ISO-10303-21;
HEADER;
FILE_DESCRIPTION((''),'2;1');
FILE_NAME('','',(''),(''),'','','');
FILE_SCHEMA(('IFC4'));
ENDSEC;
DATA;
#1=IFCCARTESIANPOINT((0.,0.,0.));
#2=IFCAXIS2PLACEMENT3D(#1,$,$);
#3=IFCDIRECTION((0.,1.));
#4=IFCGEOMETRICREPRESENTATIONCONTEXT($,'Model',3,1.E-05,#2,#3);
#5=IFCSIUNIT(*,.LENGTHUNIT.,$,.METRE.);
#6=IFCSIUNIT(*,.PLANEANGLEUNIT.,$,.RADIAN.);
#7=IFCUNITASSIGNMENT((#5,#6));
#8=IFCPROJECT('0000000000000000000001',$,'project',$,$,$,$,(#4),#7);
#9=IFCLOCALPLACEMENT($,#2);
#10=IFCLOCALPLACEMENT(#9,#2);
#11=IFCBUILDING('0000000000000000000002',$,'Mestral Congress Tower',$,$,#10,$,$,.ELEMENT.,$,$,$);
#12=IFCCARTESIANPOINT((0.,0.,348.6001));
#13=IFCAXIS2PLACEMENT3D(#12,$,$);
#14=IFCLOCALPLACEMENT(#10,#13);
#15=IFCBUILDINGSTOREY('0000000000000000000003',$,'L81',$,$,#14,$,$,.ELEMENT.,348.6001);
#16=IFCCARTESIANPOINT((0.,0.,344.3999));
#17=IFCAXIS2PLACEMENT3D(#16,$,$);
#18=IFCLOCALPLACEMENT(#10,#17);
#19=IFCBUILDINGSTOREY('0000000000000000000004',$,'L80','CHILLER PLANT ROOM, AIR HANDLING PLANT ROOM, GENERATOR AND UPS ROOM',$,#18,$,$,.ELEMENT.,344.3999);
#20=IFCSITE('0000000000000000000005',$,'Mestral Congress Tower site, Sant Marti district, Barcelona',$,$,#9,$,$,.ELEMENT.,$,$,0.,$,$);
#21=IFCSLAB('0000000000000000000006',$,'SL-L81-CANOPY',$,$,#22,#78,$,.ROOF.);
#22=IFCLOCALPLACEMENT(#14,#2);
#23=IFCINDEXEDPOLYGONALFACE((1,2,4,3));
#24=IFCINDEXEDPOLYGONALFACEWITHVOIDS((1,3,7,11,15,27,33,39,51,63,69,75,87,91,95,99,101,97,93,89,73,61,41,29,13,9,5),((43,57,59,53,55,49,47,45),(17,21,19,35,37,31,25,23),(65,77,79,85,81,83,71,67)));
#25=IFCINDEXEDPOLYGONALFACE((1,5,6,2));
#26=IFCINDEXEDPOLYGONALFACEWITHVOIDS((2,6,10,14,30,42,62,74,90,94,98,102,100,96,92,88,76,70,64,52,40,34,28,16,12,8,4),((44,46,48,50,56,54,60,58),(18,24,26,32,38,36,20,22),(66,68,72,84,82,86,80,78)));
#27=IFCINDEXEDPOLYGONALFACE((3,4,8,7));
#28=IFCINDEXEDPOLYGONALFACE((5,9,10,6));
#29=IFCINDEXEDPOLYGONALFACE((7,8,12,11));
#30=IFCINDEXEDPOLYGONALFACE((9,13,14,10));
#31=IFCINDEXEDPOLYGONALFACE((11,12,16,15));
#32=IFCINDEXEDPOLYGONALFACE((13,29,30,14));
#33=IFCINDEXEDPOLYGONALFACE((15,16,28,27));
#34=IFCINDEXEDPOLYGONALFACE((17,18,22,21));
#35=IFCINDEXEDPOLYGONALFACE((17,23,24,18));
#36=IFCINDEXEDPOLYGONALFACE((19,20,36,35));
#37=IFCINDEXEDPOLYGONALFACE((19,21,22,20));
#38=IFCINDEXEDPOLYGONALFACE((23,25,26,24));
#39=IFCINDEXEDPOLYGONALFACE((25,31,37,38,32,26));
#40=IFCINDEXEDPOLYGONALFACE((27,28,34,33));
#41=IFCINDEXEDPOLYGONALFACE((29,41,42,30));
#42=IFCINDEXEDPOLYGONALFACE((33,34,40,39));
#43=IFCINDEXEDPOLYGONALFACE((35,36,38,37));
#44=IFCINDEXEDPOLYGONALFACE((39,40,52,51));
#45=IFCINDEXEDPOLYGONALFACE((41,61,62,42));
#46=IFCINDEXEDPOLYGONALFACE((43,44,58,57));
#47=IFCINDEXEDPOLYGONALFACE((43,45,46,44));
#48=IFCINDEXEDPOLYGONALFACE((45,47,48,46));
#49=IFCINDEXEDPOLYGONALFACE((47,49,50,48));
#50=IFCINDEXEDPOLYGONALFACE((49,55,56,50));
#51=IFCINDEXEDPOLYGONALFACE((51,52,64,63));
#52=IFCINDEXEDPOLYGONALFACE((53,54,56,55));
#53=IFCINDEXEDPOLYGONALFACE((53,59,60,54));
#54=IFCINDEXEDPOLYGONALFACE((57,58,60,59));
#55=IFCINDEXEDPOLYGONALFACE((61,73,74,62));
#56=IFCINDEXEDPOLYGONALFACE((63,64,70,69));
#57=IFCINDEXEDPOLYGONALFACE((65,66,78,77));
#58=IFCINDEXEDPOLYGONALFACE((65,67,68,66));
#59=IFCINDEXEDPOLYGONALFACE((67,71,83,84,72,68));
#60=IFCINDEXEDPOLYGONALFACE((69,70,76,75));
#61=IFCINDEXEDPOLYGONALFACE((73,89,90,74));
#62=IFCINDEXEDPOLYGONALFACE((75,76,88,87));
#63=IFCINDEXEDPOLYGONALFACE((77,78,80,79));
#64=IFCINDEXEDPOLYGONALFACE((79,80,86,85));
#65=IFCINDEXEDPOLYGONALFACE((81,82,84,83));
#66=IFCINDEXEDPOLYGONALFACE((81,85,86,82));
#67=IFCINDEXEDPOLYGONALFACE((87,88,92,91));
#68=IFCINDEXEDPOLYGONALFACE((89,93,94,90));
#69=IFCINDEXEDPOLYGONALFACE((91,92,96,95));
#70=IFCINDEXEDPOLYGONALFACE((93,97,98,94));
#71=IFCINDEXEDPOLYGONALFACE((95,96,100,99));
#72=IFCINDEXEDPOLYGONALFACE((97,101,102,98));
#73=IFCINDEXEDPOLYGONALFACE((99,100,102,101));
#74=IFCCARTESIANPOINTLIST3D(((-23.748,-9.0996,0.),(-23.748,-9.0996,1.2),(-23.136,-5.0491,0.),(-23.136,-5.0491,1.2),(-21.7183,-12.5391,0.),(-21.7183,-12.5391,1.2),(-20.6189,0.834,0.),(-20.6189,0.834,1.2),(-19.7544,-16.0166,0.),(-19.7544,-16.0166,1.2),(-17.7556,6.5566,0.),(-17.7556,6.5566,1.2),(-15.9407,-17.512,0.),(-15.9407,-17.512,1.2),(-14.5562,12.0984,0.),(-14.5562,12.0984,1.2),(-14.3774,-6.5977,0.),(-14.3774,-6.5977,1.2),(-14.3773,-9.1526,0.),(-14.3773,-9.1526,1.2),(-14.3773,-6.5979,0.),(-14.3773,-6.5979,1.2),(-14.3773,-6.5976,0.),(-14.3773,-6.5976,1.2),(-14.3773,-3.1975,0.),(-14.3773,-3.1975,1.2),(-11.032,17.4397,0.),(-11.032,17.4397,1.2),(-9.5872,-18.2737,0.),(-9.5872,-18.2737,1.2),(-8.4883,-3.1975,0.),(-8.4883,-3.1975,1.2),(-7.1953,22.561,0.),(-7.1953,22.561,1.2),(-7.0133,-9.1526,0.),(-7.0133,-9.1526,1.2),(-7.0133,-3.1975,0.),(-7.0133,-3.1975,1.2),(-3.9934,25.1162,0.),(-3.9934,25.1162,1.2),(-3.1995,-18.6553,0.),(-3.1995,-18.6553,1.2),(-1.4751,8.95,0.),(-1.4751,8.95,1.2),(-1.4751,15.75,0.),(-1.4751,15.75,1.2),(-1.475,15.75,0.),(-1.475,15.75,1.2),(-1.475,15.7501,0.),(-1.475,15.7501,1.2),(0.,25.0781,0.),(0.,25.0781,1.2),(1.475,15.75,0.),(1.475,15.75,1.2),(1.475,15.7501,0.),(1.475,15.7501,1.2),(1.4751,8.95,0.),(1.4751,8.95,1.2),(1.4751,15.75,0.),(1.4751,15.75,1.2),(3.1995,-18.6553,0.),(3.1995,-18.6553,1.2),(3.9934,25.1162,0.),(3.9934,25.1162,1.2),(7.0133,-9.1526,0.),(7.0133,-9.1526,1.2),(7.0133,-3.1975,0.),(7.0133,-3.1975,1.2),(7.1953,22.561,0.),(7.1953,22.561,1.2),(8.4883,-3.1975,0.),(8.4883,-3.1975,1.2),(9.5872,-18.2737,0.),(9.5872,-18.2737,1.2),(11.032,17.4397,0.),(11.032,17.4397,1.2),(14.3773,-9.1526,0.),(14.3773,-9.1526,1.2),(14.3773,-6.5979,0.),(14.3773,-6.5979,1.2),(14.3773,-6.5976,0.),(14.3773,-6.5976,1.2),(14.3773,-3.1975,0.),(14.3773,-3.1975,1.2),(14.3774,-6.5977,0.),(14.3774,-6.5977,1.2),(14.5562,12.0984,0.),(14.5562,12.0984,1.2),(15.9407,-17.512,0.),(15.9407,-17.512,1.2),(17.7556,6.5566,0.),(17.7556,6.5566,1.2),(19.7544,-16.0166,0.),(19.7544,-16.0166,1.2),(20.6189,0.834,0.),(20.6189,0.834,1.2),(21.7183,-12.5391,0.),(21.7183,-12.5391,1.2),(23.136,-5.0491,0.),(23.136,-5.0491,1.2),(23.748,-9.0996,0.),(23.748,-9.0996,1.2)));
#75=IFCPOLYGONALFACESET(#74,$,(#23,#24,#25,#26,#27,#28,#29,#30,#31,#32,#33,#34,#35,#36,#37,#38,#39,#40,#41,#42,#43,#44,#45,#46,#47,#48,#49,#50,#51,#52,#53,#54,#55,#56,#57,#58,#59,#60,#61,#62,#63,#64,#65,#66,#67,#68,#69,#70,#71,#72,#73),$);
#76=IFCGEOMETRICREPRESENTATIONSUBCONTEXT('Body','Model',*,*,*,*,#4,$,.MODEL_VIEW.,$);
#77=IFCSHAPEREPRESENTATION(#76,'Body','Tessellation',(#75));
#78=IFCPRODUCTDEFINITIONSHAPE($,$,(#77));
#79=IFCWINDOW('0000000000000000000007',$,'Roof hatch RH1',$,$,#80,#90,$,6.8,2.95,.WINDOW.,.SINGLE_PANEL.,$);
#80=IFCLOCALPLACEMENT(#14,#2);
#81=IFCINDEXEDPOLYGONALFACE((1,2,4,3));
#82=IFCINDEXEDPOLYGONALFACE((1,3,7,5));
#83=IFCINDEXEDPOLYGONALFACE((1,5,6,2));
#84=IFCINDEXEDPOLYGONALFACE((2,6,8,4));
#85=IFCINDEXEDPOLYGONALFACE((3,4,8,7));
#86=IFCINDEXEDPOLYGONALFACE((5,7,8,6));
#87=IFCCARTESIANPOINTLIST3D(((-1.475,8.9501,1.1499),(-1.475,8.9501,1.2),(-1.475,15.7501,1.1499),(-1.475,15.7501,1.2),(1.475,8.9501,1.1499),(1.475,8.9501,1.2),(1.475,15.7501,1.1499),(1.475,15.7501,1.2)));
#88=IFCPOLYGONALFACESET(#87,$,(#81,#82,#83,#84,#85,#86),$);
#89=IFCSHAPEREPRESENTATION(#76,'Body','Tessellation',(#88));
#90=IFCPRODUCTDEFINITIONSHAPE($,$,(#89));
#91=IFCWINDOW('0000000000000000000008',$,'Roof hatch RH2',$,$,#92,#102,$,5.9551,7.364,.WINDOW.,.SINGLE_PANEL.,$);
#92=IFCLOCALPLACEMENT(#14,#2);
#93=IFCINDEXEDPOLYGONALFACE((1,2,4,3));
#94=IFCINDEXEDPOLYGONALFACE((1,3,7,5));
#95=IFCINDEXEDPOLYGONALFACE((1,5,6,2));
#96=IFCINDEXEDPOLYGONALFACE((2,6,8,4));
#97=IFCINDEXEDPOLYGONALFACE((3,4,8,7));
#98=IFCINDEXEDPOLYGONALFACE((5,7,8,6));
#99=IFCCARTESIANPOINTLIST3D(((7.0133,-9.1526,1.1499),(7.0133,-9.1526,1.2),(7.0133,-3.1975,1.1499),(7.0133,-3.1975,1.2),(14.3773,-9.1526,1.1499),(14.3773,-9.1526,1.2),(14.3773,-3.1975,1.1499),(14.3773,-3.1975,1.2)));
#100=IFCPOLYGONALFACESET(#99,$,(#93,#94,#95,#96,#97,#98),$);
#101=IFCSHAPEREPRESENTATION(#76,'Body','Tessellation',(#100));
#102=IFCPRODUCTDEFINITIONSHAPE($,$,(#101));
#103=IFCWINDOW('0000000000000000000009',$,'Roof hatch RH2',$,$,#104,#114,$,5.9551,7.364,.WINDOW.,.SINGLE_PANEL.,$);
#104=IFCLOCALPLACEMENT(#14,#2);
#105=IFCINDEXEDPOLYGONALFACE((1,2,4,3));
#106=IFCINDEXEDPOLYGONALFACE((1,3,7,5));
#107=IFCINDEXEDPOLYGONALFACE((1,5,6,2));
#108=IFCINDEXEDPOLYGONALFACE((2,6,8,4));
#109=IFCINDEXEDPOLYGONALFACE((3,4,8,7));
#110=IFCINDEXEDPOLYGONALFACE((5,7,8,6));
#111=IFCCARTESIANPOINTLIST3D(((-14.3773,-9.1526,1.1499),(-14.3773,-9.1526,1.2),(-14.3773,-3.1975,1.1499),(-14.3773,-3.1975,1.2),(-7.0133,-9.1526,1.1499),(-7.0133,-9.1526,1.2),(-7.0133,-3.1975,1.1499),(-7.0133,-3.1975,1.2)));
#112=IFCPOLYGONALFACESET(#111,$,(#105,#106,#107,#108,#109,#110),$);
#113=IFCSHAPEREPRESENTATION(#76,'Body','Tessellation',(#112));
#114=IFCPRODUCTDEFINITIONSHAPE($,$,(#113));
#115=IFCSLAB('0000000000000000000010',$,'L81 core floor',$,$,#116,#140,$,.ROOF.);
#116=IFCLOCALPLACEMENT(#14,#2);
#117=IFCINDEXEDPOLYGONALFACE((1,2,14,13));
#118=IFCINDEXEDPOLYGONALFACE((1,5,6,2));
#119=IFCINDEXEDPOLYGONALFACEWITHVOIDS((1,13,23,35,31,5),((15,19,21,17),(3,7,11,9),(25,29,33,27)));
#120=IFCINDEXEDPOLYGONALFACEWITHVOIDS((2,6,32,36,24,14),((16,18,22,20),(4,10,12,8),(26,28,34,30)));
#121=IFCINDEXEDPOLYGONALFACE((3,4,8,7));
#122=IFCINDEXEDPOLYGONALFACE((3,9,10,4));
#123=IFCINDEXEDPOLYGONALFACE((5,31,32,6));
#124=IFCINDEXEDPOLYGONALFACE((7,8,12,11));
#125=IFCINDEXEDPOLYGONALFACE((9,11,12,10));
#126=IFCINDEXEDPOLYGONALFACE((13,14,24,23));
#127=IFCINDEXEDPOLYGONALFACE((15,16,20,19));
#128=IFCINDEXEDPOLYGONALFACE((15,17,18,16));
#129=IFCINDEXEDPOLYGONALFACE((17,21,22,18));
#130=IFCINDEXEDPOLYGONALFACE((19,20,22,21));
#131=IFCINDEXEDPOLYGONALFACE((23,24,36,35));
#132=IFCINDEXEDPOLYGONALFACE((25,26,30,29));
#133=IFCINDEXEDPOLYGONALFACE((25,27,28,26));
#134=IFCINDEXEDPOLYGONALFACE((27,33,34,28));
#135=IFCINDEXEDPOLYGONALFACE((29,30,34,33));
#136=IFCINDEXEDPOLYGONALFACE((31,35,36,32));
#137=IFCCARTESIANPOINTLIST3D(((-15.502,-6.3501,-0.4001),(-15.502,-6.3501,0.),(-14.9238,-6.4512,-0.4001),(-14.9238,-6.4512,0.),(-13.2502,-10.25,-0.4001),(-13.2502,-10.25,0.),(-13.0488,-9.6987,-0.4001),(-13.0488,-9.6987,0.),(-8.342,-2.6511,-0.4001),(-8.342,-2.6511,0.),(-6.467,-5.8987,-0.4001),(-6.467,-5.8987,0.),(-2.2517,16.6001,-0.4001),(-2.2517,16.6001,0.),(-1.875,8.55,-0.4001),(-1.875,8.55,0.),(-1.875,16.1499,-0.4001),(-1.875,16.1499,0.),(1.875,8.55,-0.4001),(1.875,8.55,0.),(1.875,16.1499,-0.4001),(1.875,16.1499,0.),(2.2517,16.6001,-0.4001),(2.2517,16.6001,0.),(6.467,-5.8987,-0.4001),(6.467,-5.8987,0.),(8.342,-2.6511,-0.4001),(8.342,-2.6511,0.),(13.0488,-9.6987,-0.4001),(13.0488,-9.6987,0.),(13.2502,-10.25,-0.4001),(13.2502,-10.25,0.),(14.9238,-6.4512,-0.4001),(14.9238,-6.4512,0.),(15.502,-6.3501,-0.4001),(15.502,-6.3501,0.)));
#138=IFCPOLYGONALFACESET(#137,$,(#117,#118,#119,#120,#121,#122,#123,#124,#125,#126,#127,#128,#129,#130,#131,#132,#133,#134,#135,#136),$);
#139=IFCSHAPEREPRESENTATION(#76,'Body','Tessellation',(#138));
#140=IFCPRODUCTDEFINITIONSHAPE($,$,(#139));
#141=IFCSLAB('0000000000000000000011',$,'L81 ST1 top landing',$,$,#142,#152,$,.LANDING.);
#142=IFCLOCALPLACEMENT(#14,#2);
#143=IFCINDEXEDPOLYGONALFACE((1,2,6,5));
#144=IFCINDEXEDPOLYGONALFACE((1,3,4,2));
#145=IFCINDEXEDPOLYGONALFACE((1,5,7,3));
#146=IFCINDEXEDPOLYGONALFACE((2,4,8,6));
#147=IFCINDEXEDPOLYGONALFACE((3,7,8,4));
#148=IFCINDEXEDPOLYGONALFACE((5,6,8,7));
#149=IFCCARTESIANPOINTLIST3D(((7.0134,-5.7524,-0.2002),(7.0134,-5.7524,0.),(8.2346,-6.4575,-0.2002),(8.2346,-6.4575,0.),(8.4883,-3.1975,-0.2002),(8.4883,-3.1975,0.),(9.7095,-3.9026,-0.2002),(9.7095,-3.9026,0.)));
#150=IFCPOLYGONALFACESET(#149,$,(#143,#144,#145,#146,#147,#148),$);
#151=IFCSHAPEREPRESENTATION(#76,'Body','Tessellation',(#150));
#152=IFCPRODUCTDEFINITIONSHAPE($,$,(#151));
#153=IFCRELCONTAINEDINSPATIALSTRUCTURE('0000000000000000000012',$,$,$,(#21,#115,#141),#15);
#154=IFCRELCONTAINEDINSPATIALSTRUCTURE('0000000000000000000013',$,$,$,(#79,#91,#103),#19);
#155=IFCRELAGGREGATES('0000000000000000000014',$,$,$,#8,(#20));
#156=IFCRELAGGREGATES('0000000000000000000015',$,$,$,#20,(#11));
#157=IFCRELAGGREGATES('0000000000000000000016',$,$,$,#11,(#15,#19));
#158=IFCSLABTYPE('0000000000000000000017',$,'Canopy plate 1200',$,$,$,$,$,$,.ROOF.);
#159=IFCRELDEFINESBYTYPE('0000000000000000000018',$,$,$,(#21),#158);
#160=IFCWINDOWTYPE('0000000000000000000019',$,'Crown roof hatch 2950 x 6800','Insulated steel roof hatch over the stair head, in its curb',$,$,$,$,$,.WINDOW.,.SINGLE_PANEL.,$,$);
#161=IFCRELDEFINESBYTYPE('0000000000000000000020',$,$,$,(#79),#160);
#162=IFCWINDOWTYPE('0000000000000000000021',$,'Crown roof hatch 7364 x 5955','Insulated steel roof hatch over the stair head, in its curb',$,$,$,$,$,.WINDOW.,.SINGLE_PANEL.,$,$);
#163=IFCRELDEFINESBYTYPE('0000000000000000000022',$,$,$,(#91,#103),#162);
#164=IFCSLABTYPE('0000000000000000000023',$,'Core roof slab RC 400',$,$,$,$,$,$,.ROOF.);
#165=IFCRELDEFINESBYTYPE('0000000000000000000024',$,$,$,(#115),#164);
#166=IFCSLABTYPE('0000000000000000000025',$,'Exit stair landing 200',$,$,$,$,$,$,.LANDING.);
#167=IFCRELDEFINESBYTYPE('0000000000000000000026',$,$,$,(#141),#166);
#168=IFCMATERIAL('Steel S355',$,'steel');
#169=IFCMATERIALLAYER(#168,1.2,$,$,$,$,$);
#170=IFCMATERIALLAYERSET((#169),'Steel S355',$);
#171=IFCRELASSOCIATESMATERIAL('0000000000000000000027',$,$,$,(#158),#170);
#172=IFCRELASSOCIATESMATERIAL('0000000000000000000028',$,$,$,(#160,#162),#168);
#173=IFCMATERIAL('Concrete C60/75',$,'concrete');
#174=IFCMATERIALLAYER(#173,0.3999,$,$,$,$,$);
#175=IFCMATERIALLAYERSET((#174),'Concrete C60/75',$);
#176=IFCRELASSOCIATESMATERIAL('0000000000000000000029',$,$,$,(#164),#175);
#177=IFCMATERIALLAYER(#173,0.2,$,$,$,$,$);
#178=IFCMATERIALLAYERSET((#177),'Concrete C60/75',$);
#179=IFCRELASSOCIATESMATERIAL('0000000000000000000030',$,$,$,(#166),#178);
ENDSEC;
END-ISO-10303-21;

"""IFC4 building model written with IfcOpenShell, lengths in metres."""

from ifc_helpers import new_model, si_unit, direction, frame, origin, origin_2d, place, context, subcontext, project, spatial, polyline, rectangle, outline, extrude, material, layer, layer_set, type_object, element, fill, save


model = new_model("IFC4")

# Units and contexts
model_context = context("Model", 3, precision=1e-05, world=origin(), true_north=direction((0.0, 1.0)))
body_context = subcontext(model_context, "Body", "Model", "MODEL_VIEW")
ifc_project = project(units=[si_unit("LENGTHUNIT", "METRE"), si_unit("PLANEANGLEUNIT", "RADIAN")], contexts=[model_context])

# Site, building, storey
site_placement = place(None, origin())
site = spatial("IfcSite", under=ifc_project, at=site_placement, Name="Mestral Congress Tower site, Sant Marti district, Barcelona", CompositionType="ELEMENT", RefElevation=0.0)
building_placement = place(site_placement, origin())
building = spatial("IfcBuilding", under=site, at=building_placement, Name="Mestral Congress Tower", CompositionType="ELEMENT")
storey_1_placement = place(building_placement, frame((0.0, 0.0, 348.6001)))
storey_1 = spatial("IfcBuildingStorey", under=building, at=storey_1_placement, Name="L81", CompositionType="ELEMENT", Elevation=348.6001)

# Shared definitions
ifc_material_1 = material(Name="Steel S355", Category="steel")

# Slab, openings
ifc_layer_1 = layer(ifc_material_1, 1.2)
ifc_layer_set_1 = layer_set([ifc_layer_1], Name="Steel S355")
slab_type_1 = type_object("IfcSlabType", Name="Canopy plate 1200", PredefinedType="ROOF", material=ifc_layer_set_1)
slab_1_placement = place(storey_1_placement, origin())
slab_1 = element("IfcSlab", 1, at=slab_1_placement, inside=storey_1, type_object=slab_type_1, Name="SL-L81-CANOPY", PredefinedType="ROOF", context=body_context, shape_type="SweptSolid", body=[
    extrude(outline(polyline([(-15.9407, -17.512), (-9.5872, -18.2737), (-3.1995, -18.6553), (3.1995, -18.6553), (9.5872, -18.2737), (15.9407, -17.512), (19.7544, -16.0166), (21.7183, -12.5391), (23.748, -9.0996), (23.136, -5.0491), (20.6189, 0.834), (17.7556, 6.5566), (14.5562, 12.0984), (11.032, 17.4397), (7.1953, 22.561), (3.9934, 25.1162), (0.0, 25.0781), (-3.9934, 25.1162), (-7.1953, 22.561), (-11.032, 17.4397), (-14.5562, 12.0984), (-17.7556, 6.5566), (-20.6189, 0.834), (-23.136, -5.0491), (-23.748, -9.0996), (-21.7183, -12.5391), (-19.7544, -16.0166), (-15.9407, -17.512)]), holes=[polyline([(7.0134, -5.7524), (12.9023, -9.1523), (14.3774, -6.5977), (8.4883, -3.1975), (7.0134, -5.7524)]), polyline([(1.4751, 8.95), (1.4751, 15.75), (-1.4751, 15.75), (-1.4751, 8.95), (1.4751, 8.95)]), polyline([(-8.4883, -3.1975), (-14.3774, -6.5977), (-12.9023, -9.1523), (-7.0134, -5.7524), (-8.4883, -3.1975)])]), origin(), (0.0, 0.0, 1.0), 1.2),
])
opening_1_placement = place(slab_1_placement, frame((10.6953, -6.175, 0.0)))
opening_1 = element("IfcOpeningElement", 2, at=opening_1_placement, cuts=slab_1, PredefinedType="OPENING", context=body_context, shape_type="SweptSolid", body=[
    extrude(rectangle(XDim=7.364, YDim=5.9551, at=origin_2d()), origin(), (0.0, 0.0, 1.0), 1.2),
])
opening_2_placement = place(slab_1_placement, frame((0.0, 12.3501, 0.0)))
opening_2 = element("IfcOpeningElement", 3, at=opening_2_placement, cuts=slab_1, PredefinedType="OPENING", context=body_context, shape_type="SweptSolid", body=[
    extrude(rectangle(XDim=2.95, YDim=6.8, at=origin_2d()), origin(), (0.0, 0.0, 1.0), 1.2),
])
opening_3_placement = place(slab_1_placement, frame((-10.6953, -6.175, 0.0)))
opening_3 = element("IfcOpeningElement", 4, at=opening_3_placement, cuts=slab_1, PredefinedType="OPENING", context=body_context, shape_type="SweptSolid", body=[
    extrude(rectangle(XDim=7.364, YDim=5.9551, at=origin_2d()), origin(), (0.0, 0.0, 1.0), 1.2),
])

# Shared definitions
storey_2_placement = place(building_placement, frame((0.0, 0.0, 344.3999)))
storey_2 = spatial("IfcBuildingStorey", under=building, at=storey_2_placement, Name="L80", Description="CHILLER PLANT ROOM, AIR HANDLING PLANT ROOM, GENERATOR AND UPS ROOM", CompositionType="ELEMENT", Elevation=344.3999)

# Windows
window_type_1 = type_object("IfcWindowType", Name="Crown roof hatch 2950 x 6800", Description="Insulated steel roof hatch over the stair head, in its curb", PartitioningType="SINGLE_PANEL", PredefinedType="WINDOW", material=ifc_material_1)
window_1_placement = place(opening_2_placement, frame((0.0, 0.0, 1.1499)))
window_1 = element("IfcWindow", 5, at=window_1_placement, inside=storey_2, type_object=window_type_1, Name="Roof hatch RH1", OverallHeight=6.8, OverallWidth=2.95, PartitioningType="SINGLE_PANEL", PredefinedType="WINDOW", context=body_context, shape_type="SweptSolid", body=[
    extrude(rectangle(XDim=2.95, YDim=6.8, at=origin_2d()), origin(), (0.0, 0.0, 1.0), 0.05),
])
fill(opening_2, window_1)
window_type_2 = type_object("IfcWindowType", Name="Crown roof hatch 7364 x 5955", Description="Insulated steel roof hatch over the stair head, in its curb", PartitioningType="SINGLE_PANEL", PredefinedType="WINDOW", material=ifc_material_1)
window_2_placement = place(opening_1_placement, frame((0.0, 0.0, 1.1499)))
window_2 = element("IfcWindow", 6, at=window_2_placement, inside=storey_2, type_object=window_type_2, Name="Roof hatch RH2", OverallHeight=5.9551, OverallWidth=7.364, PartitioningType="SINGLE_PANEL", PredefinedType="WINDOW", context=body_context, shape_type="SweptSolid", body=[
    extrude(rectangle(XDim=7.364, YDim=5.9551, at=origin_2d()), origin(), (0.0, 0.0, 1.0), 0.05),
])
fill(opening_1, window_2)
window_3_placement = place(opening_3_placement, frame((0.0, 0.0, 1.1499)))
window_3 = element("IfcWindow", 7, at=window_3_placement, inside=storey_2, type_object=window_type_2, Name="Roof hatch RH2", OverallHeight=5.9551, OverallWidth=7.364, PartitioningType="SINGLE_PANEL", PredefinedType="WINDOW", context=body_context, shape_type="SweptSolid", body=[
    extrude(rectangle(XDim=7.364, YDim=5.9551, at=origin_2d()), origin(), (0.0, 0.0, 1.0), 0.05),
])
fill(opening_3, window_3)

# Slabs
ifc_material_2 = material(Name="Concrete C60/75", Category="concrete")
ifc_layer_2 = layer(ifc_material_2, 0.3999)
ifc_layer_set_2 = layer_set([ifc_layer_2], Name="Concrete C60/75")
slab_type_2 = type_object("IfcSlabType", Name="Core roof slab RC 400", PredefinedType="ROOF", material=ifc_layer_set_2)
placement = place(storey_1_placement, frame((0.0, 0.0, -0.4001)))
element("IfcSlab", 8, at=placement, inside=storey_1, type_object=slab_type_2, Name="L81 core floor", PredefinedType="ROOF", context=body_context, shape_type="SweptSolid", body=[
    extrude(outline(polyline([(13.2502, -10.25), (-13.2502, -10.25), (-15.502, -6.3501), (-2.2517, 16.6001), (2.2517, 16.6001), (15.502, -6.3501), (13.2502, -10.25)]), holes=[polyline([(-14.9238, -6.4512), (-13.0488, -9.6987), (-6.467, -5.8987), (-8.342, -2.6511), (-14.9238, -6.4512)]), polyline([(6.467, -5.8987), (13.0488, -9.6987), (14.9238, -6.4512), (8.342, -2.6511), (6.467, -5.8987)]), polyline([(1.875, 8.55), (1.875, 16.1499), (-1.875, 16.1499), (-1.875, 8.55), (1.875, 8.55)])]), origin(), (0.0, 0.0, 1.0), 0.4001),
])
ifc_layer_3 = layer(ifc_material_2, 0.2)
ifc_layer_set_3 = layer_set([ifc_layer_3], Name="Concrete C60/75")
slab_type_3 = type_object("IfcSlabType", Name="Exit stair landing 200", PredefinedType="LANDING", material=ifc_layer_set_3)
slab_2_placement = place(storey_1_placement, frame((0.0, 0.0, -0.2002)))
element("IfcSlab", 9, at=slab_2_placement, inside=storey_1, type_object=slab_type_3, Name="L81 ST1 top landing", PredefinedType="LANDING", context=body_context, shape_type="SweptSolid", body=[
    extrude(outline(polyline([(8.2346, -6.4575), (7.0134, -5.7524), (8.4883, -3.1975), (9.7095, -3.9026), (8.2346, -6.4575)])), origin(), (0.0, 0.0, 1.0), 0.2002),
])

save(model, "model.ifc")
